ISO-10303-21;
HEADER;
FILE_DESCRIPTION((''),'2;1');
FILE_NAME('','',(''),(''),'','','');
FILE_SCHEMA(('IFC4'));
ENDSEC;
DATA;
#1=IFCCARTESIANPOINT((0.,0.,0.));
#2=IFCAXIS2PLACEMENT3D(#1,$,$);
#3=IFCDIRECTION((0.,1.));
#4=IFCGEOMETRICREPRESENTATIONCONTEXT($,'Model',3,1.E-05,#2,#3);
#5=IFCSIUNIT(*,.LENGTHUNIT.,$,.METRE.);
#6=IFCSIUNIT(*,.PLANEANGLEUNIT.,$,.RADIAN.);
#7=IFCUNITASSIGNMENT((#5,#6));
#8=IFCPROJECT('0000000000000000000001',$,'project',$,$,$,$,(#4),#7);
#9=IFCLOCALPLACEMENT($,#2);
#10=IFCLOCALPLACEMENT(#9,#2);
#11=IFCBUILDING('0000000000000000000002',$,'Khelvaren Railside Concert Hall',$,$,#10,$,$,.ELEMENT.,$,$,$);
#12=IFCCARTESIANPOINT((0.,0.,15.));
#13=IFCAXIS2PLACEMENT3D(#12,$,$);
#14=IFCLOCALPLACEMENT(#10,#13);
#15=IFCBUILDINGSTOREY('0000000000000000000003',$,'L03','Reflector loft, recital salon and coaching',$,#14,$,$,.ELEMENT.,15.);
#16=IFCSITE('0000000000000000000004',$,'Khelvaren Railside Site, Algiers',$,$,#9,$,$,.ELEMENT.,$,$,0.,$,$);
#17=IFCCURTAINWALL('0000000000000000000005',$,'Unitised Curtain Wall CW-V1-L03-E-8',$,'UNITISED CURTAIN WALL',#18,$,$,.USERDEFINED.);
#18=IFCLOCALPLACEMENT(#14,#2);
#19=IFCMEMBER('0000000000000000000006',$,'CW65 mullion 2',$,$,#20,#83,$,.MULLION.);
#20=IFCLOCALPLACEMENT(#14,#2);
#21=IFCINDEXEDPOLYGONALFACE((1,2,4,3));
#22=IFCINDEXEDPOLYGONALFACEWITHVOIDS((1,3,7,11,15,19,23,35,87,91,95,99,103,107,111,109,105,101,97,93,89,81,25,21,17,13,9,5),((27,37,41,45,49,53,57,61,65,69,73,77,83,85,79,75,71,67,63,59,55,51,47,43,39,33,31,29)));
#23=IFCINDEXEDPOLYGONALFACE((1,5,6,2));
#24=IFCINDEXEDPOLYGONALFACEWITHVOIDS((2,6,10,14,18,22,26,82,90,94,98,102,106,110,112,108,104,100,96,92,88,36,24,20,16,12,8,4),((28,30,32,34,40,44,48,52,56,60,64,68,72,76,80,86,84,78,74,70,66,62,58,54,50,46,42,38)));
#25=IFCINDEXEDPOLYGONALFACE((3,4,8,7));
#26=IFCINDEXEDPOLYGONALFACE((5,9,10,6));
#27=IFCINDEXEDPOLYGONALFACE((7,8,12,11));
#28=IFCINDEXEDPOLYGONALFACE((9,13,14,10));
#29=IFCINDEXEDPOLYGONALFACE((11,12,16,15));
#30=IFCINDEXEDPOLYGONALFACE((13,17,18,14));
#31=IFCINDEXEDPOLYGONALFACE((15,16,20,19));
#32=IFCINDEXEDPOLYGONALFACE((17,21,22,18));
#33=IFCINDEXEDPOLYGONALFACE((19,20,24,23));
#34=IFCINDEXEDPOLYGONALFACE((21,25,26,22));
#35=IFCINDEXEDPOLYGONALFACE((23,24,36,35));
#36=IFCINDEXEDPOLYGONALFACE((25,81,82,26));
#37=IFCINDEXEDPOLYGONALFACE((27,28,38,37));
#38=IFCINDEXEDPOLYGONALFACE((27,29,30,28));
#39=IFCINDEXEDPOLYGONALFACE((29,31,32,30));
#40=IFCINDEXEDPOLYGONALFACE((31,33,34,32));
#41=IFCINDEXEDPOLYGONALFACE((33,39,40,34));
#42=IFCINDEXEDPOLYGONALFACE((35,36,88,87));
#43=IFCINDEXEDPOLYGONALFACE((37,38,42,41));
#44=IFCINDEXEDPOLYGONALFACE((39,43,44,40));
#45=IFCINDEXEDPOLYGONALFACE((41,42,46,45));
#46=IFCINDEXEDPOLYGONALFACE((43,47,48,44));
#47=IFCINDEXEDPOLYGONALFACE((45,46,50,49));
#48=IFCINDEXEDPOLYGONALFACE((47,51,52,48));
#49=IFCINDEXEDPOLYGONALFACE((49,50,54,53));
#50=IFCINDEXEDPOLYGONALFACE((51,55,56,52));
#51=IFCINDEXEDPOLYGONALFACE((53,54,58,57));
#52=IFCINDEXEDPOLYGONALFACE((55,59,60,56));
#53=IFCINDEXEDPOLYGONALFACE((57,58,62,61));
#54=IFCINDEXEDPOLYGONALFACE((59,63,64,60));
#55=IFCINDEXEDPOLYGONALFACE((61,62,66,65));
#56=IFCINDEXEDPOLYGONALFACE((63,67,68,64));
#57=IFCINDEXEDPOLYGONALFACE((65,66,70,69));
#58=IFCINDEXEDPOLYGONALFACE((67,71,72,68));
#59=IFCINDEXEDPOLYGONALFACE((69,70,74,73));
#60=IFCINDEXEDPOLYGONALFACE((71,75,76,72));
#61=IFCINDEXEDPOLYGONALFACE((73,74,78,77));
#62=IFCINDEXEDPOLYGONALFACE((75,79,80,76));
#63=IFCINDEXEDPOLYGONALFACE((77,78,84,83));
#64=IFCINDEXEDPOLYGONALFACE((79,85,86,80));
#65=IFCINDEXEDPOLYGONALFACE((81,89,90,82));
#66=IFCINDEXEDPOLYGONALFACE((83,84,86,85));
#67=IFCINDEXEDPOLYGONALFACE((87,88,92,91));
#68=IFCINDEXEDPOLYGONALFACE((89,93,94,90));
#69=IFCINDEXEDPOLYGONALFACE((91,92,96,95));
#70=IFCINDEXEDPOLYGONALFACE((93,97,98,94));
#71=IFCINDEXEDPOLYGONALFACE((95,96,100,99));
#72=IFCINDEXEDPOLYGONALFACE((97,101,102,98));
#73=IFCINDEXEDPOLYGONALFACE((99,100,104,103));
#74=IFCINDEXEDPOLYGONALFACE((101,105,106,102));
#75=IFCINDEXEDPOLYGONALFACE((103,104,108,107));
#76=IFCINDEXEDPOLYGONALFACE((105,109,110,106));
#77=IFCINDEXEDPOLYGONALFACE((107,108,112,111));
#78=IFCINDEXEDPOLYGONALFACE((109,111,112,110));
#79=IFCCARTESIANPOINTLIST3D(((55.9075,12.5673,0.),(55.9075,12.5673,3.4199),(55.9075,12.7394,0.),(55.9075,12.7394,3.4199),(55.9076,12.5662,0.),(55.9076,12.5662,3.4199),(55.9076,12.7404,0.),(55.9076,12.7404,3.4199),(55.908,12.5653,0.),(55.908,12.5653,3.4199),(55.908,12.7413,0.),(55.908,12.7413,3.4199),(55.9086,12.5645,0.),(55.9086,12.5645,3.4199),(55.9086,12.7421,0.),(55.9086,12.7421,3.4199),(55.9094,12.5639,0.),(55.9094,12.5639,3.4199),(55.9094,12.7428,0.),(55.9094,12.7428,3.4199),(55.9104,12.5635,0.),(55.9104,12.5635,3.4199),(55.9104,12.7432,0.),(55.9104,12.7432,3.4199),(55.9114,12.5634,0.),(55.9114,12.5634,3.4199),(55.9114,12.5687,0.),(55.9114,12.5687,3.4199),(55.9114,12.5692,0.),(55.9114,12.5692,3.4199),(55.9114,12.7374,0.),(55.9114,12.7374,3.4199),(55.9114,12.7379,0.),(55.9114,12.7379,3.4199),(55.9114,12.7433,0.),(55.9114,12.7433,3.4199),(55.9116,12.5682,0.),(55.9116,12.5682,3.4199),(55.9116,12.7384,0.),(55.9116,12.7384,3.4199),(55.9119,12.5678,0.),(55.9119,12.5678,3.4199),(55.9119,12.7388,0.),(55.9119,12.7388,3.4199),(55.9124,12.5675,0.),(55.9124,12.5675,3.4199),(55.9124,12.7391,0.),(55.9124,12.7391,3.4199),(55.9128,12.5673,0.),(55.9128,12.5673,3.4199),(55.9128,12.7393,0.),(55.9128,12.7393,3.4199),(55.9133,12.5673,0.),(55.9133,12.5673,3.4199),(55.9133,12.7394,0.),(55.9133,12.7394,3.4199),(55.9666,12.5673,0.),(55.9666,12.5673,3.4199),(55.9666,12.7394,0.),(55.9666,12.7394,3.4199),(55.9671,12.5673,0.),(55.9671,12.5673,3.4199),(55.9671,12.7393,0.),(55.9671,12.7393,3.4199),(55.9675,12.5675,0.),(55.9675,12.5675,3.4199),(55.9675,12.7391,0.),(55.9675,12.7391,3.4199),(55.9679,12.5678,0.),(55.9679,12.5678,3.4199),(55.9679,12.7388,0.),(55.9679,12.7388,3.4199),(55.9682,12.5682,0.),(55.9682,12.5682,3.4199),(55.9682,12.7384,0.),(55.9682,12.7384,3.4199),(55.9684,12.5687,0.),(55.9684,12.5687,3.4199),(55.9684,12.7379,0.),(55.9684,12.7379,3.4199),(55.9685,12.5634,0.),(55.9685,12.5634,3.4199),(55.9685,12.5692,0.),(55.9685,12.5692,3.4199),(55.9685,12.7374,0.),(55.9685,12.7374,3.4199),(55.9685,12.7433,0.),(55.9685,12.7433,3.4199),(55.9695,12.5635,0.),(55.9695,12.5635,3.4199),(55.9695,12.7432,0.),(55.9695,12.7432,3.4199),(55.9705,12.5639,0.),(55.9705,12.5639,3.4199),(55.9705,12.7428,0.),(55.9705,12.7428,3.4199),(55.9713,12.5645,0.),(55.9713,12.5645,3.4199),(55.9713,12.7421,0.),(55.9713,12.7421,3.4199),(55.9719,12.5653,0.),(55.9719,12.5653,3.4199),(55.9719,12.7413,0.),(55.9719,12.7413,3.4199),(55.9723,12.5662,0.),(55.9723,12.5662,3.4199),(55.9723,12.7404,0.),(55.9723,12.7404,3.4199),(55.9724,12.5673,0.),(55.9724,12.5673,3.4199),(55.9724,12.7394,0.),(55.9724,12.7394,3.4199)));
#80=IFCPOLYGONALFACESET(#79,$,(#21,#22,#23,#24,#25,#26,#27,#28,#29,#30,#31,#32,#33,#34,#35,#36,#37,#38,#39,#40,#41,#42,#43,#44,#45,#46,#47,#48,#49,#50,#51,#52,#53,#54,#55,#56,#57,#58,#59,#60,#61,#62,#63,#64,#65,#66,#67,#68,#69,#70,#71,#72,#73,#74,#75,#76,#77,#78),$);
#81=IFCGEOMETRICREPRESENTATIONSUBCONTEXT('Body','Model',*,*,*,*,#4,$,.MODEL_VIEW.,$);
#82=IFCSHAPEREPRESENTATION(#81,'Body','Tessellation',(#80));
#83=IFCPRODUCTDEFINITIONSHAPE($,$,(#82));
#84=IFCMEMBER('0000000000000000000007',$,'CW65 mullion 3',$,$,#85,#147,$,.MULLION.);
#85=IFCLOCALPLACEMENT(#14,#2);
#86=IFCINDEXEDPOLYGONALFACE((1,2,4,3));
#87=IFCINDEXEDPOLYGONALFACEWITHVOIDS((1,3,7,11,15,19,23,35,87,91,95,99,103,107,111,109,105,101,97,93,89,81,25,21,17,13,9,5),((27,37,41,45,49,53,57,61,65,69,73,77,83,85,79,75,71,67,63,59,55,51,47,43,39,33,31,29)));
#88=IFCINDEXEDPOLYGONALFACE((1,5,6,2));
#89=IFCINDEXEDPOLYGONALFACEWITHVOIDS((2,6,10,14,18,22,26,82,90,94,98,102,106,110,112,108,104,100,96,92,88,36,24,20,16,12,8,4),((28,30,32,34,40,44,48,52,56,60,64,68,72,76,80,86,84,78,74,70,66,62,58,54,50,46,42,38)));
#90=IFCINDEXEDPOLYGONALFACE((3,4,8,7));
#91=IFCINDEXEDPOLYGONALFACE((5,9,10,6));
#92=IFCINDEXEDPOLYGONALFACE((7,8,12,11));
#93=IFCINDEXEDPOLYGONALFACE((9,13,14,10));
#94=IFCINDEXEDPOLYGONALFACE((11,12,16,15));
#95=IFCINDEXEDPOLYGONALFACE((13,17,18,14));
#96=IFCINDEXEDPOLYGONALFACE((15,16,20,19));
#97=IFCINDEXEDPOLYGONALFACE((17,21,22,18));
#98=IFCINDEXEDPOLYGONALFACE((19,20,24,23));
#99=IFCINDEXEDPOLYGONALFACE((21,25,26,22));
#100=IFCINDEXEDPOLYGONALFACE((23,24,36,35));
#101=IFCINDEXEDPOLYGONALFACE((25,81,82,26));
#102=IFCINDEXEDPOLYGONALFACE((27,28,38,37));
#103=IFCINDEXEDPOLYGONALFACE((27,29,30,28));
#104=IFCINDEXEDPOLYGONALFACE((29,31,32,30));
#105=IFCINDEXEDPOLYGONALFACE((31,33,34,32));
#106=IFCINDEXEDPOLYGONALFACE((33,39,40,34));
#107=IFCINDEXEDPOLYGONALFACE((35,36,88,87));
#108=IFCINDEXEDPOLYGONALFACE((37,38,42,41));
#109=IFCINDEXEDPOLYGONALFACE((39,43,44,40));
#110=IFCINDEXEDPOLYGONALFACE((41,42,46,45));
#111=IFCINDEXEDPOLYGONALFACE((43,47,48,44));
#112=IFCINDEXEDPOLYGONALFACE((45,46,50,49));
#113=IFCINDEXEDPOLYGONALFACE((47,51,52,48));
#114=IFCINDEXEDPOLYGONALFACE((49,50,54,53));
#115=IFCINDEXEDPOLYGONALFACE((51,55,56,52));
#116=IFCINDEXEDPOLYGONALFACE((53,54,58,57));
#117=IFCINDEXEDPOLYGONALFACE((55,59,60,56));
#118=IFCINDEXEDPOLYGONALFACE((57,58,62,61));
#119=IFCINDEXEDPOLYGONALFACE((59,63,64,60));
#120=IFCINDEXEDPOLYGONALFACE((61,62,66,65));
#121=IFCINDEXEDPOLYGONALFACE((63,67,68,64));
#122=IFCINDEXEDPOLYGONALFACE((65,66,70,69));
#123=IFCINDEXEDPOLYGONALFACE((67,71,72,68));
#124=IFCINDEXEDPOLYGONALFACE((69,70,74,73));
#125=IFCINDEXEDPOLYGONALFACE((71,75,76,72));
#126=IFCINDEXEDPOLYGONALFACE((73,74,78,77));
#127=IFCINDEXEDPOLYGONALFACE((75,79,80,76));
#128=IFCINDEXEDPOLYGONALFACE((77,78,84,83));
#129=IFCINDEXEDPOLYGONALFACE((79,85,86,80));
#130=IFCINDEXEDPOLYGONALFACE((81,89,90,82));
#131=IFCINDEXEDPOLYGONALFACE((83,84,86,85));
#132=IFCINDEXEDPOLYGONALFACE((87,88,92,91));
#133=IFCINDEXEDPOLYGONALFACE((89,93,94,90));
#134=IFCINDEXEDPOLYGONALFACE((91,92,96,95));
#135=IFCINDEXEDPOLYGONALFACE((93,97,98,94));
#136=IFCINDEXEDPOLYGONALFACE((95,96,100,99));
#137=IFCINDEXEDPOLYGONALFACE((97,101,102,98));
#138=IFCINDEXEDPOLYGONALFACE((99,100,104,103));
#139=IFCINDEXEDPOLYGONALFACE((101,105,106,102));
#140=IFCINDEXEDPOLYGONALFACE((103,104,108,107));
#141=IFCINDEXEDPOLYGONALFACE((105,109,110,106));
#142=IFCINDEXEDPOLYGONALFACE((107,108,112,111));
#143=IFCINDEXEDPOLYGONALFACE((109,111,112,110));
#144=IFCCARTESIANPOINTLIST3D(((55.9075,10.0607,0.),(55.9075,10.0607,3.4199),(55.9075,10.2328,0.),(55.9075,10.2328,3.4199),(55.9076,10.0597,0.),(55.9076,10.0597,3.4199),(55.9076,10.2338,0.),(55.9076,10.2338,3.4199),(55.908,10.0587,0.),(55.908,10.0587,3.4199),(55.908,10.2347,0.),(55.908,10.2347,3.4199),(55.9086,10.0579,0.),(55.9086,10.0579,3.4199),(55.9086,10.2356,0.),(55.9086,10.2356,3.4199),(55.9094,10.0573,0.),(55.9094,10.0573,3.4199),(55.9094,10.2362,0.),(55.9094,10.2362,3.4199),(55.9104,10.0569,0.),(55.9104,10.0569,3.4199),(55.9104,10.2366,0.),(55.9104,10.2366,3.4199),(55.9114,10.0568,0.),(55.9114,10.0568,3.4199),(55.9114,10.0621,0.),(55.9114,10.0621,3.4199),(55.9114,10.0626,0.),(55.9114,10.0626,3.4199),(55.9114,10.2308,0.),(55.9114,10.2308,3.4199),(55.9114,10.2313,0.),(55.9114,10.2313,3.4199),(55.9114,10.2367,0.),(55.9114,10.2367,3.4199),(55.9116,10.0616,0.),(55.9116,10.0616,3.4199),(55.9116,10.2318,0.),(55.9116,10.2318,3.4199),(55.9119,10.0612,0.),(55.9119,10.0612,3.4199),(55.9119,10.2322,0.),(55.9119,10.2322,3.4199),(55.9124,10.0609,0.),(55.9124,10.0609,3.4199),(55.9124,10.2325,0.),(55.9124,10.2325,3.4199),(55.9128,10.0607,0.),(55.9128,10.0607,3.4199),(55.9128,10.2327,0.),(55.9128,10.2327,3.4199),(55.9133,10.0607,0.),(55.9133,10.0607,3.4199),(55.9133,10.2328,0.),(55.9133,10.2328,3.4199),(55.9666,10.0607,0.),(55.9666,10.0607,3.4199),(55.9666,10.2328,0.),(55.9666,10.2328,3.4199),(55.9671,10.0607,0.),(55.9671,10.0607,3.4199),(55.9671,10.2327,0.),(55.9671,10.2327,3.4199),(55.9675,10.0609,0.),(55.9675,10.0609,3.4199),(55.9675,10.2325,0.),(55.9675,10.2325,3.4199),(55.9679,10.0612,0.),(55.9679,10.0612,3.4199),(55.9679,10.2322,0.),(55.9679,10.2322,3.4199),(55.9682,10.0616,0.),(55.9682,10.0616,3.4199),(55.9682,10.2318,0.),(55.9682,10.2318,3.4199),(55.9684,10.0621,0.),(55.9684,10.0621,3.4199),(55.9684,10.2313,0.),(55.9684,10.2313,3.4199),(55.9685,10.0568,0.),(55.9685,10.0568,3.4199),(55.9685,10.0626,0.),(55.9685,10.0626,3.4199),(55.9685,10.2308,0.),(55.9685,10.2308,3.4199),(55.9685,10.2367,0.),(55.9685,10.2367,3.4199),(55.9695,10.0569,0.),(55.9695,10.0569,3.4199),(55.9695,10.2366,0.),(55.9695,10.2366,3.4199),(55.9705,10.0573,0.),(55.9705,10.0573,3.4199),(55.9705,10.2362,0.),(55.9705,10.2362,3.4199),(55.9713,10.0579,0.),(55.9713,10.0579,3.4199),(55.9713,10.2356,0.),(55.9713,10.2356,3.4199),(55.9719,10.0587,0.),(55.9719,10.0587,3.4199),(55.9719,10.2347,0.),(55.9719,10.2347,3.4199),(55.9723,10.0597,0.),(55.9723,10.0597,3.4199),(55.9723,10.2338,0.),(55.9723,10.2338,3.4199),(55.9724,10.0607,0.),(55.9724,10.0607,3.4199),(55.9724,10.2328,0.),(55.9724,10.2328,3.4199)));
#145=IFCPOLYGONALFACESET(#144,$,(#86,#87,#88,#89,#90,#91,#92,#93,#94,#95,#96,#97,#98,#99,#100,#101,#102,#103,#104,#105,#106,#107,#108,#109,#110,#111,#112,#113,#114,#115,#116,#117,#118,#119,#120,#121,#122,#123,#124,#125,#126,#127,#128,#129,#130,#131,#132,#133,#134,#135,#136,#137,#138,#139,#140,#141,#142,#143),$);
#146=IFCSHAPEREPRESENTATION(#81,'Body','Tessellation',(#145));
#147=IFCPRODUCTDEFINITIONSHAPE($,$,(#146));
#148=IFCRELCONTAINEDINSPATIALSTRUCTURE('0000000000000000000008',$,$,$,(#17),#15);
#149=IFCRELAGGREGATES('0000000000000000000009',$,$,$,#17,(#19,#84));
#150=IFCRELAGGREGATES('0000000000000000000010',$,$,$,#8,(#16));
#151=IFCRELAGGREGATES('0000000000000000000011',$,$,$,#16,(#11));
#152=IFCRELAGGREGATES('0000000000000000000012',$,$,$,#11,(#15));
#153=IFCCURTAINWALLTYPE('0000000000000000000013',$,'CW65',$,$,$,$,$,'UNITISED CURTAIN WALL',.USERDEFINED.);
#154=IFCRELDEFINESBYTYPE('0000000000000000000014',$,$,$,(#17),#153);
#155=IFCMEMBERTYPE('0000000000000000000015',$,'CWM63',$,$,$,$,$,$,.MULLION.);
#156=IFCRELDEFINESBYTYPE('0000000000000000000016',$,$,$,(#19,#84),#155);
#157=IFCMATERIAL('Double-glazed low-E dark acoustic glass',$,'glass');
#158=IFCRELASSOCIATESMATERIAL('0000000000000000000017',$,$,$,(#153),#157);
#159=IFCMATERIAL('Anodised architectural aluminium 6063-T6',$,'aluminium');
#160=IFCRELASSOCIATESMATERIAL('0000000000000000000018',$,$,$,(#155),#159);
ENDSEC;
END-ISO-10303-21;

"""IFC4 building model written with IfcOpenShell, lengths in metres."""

from ifc_helpers import new_model, si_unit, direction, frame, origin, origin_2d, place, context, subcontext, project, spatial, hollow_rectangle, extrude, material, material_profile, profile_set, type_object, element, aggregate, save


model = new_model("IFC4")

# Units and contexts
model_context = context("Model", 3, precision=1e-05, world=origin(), true_north=direction((0.0, 1.0)))
body_context = subcontext(model_context, "Body", "Model", "MODEL_VIEW")
ifc_project = project(units=[si_unit("LENGTHUNIT", "METRE"), si_unit("PLANEANGLEUNIT", "RADIAN")], contexts=[model_context])

# Site, building, storey
site_placement = place(None, origin())
site = spatial("IfcSite", under=ifc_project, at=site_placement, Name="Khelvaren Railside Site, Algiers", CompositionType="ELEMENT", RefElevation=0.0)
building_placement = place(site_placement, origin())
building = spatial("IfcBuilding", under=site, at=building_placement, Name="Khelvaren Railside Concert Hall", CompositionType="ELEMENT")
storey_placement = place(building_placement, frame((0.0, 0.0, 15.0)))
storey = spatial("IfcBuildingStorey", under=building, at=storey_placement, Name="L03", Description="Reflector loft, recital salon and coaching", CompositionType="ELEMENT", Elevation=15.0)

# Curtain wall, members
ifc_material_1 = material(Name="Double-glazed low-E dark acoustic glass", Category="glass")
curtain_wall_type = type_object("IfcCurtainWallType", Name="CW65", ElementType="UNITISED CURTAIN WALL", PredefinedType="USERDEFINED", material=ifc_material_1)
curtain_wall_placement = place(storey_placement, origin())
curtain_wall = element("IfcCurtainWall", 1, at=curtain_wall_placement, inside=storey, type_object=curtain_wall_type, Name="Unitised Curtain Wall CW-V1-L03-E-8", ObjectType="UNITISED CURTAIN WALL", PredefinedType="USERDEFINED")
ifc_material_2 = material(Name="Anodised architectural aluminium 6063-T6", Category="aluminium")
ifc_material_profile_1 = material_profile(ifc_material_2, hollow_rectangle(XDim=0.0649, YDim=0.1799, WallThickness=0.0039, InnerFilletRadius=0.002, OuterFilletRadius=0.0039, at=origin_2d()), Name="CWM 65x180x4")
ifc_profile_set_1 = profile_set([ifc_material_profile_1], Name="Anodised architectural aluminium 6063-T6")
member_type_1 = type_object("IfcMemberType", Name="CWM63", PredefinedType="MULLION", material=ifc_profile_set_1)
member_1_placement = place(storey_placement, frame((55.9399, 12.6533, 0.0), z_axis=(0.0, 0.0, 1.0), x_axis=(1.0, 0.0, 0.0)))
member_1 = element("IfcMember", 2, at=member_1_placement, type_object=member_type_1, Name="CW65 mullion 2", PredefinedType="MULLION", context=body_context, shape_type="SweptSolid", body=[
    extrude(hollow_rectangle(XDim=0.0649, YDim=0.1799, WallThickness=0.0039, InnerFilletRadius=0.002, OuterFilletRadius=0.0039, at=origin_2d()), origin(), (0.0, 0.0, 1.0), 3.4199),
])
member_2_placement = place(storey_placement, frame((55.9399, 10.1467, 0.0), z_axis=(0.0, 0.0, 1.0), x_axis=(1.0, 0.0, 0.0)))
member_2 = element("IfcMember", 3, at=member_2_placement, type_object=member_type_1, Name="CW65 mullion 3", PredefinedType="MULLION", context=body_context, shape_type="SweptSolid", body=[
    extrude(hollow_rectangle(XDim=0.0649, YDim=0.1799, WallThickness=0.0039, InnerFilletRadius=0.002, OuterFilletRadius=0.0039, at=origin_2d()), origin(), (0.0, 0.0, 1.0), 3.4199),
])

aggregate(curtain_wall, [member_1, member_2])

save(model, "model.ifc")
